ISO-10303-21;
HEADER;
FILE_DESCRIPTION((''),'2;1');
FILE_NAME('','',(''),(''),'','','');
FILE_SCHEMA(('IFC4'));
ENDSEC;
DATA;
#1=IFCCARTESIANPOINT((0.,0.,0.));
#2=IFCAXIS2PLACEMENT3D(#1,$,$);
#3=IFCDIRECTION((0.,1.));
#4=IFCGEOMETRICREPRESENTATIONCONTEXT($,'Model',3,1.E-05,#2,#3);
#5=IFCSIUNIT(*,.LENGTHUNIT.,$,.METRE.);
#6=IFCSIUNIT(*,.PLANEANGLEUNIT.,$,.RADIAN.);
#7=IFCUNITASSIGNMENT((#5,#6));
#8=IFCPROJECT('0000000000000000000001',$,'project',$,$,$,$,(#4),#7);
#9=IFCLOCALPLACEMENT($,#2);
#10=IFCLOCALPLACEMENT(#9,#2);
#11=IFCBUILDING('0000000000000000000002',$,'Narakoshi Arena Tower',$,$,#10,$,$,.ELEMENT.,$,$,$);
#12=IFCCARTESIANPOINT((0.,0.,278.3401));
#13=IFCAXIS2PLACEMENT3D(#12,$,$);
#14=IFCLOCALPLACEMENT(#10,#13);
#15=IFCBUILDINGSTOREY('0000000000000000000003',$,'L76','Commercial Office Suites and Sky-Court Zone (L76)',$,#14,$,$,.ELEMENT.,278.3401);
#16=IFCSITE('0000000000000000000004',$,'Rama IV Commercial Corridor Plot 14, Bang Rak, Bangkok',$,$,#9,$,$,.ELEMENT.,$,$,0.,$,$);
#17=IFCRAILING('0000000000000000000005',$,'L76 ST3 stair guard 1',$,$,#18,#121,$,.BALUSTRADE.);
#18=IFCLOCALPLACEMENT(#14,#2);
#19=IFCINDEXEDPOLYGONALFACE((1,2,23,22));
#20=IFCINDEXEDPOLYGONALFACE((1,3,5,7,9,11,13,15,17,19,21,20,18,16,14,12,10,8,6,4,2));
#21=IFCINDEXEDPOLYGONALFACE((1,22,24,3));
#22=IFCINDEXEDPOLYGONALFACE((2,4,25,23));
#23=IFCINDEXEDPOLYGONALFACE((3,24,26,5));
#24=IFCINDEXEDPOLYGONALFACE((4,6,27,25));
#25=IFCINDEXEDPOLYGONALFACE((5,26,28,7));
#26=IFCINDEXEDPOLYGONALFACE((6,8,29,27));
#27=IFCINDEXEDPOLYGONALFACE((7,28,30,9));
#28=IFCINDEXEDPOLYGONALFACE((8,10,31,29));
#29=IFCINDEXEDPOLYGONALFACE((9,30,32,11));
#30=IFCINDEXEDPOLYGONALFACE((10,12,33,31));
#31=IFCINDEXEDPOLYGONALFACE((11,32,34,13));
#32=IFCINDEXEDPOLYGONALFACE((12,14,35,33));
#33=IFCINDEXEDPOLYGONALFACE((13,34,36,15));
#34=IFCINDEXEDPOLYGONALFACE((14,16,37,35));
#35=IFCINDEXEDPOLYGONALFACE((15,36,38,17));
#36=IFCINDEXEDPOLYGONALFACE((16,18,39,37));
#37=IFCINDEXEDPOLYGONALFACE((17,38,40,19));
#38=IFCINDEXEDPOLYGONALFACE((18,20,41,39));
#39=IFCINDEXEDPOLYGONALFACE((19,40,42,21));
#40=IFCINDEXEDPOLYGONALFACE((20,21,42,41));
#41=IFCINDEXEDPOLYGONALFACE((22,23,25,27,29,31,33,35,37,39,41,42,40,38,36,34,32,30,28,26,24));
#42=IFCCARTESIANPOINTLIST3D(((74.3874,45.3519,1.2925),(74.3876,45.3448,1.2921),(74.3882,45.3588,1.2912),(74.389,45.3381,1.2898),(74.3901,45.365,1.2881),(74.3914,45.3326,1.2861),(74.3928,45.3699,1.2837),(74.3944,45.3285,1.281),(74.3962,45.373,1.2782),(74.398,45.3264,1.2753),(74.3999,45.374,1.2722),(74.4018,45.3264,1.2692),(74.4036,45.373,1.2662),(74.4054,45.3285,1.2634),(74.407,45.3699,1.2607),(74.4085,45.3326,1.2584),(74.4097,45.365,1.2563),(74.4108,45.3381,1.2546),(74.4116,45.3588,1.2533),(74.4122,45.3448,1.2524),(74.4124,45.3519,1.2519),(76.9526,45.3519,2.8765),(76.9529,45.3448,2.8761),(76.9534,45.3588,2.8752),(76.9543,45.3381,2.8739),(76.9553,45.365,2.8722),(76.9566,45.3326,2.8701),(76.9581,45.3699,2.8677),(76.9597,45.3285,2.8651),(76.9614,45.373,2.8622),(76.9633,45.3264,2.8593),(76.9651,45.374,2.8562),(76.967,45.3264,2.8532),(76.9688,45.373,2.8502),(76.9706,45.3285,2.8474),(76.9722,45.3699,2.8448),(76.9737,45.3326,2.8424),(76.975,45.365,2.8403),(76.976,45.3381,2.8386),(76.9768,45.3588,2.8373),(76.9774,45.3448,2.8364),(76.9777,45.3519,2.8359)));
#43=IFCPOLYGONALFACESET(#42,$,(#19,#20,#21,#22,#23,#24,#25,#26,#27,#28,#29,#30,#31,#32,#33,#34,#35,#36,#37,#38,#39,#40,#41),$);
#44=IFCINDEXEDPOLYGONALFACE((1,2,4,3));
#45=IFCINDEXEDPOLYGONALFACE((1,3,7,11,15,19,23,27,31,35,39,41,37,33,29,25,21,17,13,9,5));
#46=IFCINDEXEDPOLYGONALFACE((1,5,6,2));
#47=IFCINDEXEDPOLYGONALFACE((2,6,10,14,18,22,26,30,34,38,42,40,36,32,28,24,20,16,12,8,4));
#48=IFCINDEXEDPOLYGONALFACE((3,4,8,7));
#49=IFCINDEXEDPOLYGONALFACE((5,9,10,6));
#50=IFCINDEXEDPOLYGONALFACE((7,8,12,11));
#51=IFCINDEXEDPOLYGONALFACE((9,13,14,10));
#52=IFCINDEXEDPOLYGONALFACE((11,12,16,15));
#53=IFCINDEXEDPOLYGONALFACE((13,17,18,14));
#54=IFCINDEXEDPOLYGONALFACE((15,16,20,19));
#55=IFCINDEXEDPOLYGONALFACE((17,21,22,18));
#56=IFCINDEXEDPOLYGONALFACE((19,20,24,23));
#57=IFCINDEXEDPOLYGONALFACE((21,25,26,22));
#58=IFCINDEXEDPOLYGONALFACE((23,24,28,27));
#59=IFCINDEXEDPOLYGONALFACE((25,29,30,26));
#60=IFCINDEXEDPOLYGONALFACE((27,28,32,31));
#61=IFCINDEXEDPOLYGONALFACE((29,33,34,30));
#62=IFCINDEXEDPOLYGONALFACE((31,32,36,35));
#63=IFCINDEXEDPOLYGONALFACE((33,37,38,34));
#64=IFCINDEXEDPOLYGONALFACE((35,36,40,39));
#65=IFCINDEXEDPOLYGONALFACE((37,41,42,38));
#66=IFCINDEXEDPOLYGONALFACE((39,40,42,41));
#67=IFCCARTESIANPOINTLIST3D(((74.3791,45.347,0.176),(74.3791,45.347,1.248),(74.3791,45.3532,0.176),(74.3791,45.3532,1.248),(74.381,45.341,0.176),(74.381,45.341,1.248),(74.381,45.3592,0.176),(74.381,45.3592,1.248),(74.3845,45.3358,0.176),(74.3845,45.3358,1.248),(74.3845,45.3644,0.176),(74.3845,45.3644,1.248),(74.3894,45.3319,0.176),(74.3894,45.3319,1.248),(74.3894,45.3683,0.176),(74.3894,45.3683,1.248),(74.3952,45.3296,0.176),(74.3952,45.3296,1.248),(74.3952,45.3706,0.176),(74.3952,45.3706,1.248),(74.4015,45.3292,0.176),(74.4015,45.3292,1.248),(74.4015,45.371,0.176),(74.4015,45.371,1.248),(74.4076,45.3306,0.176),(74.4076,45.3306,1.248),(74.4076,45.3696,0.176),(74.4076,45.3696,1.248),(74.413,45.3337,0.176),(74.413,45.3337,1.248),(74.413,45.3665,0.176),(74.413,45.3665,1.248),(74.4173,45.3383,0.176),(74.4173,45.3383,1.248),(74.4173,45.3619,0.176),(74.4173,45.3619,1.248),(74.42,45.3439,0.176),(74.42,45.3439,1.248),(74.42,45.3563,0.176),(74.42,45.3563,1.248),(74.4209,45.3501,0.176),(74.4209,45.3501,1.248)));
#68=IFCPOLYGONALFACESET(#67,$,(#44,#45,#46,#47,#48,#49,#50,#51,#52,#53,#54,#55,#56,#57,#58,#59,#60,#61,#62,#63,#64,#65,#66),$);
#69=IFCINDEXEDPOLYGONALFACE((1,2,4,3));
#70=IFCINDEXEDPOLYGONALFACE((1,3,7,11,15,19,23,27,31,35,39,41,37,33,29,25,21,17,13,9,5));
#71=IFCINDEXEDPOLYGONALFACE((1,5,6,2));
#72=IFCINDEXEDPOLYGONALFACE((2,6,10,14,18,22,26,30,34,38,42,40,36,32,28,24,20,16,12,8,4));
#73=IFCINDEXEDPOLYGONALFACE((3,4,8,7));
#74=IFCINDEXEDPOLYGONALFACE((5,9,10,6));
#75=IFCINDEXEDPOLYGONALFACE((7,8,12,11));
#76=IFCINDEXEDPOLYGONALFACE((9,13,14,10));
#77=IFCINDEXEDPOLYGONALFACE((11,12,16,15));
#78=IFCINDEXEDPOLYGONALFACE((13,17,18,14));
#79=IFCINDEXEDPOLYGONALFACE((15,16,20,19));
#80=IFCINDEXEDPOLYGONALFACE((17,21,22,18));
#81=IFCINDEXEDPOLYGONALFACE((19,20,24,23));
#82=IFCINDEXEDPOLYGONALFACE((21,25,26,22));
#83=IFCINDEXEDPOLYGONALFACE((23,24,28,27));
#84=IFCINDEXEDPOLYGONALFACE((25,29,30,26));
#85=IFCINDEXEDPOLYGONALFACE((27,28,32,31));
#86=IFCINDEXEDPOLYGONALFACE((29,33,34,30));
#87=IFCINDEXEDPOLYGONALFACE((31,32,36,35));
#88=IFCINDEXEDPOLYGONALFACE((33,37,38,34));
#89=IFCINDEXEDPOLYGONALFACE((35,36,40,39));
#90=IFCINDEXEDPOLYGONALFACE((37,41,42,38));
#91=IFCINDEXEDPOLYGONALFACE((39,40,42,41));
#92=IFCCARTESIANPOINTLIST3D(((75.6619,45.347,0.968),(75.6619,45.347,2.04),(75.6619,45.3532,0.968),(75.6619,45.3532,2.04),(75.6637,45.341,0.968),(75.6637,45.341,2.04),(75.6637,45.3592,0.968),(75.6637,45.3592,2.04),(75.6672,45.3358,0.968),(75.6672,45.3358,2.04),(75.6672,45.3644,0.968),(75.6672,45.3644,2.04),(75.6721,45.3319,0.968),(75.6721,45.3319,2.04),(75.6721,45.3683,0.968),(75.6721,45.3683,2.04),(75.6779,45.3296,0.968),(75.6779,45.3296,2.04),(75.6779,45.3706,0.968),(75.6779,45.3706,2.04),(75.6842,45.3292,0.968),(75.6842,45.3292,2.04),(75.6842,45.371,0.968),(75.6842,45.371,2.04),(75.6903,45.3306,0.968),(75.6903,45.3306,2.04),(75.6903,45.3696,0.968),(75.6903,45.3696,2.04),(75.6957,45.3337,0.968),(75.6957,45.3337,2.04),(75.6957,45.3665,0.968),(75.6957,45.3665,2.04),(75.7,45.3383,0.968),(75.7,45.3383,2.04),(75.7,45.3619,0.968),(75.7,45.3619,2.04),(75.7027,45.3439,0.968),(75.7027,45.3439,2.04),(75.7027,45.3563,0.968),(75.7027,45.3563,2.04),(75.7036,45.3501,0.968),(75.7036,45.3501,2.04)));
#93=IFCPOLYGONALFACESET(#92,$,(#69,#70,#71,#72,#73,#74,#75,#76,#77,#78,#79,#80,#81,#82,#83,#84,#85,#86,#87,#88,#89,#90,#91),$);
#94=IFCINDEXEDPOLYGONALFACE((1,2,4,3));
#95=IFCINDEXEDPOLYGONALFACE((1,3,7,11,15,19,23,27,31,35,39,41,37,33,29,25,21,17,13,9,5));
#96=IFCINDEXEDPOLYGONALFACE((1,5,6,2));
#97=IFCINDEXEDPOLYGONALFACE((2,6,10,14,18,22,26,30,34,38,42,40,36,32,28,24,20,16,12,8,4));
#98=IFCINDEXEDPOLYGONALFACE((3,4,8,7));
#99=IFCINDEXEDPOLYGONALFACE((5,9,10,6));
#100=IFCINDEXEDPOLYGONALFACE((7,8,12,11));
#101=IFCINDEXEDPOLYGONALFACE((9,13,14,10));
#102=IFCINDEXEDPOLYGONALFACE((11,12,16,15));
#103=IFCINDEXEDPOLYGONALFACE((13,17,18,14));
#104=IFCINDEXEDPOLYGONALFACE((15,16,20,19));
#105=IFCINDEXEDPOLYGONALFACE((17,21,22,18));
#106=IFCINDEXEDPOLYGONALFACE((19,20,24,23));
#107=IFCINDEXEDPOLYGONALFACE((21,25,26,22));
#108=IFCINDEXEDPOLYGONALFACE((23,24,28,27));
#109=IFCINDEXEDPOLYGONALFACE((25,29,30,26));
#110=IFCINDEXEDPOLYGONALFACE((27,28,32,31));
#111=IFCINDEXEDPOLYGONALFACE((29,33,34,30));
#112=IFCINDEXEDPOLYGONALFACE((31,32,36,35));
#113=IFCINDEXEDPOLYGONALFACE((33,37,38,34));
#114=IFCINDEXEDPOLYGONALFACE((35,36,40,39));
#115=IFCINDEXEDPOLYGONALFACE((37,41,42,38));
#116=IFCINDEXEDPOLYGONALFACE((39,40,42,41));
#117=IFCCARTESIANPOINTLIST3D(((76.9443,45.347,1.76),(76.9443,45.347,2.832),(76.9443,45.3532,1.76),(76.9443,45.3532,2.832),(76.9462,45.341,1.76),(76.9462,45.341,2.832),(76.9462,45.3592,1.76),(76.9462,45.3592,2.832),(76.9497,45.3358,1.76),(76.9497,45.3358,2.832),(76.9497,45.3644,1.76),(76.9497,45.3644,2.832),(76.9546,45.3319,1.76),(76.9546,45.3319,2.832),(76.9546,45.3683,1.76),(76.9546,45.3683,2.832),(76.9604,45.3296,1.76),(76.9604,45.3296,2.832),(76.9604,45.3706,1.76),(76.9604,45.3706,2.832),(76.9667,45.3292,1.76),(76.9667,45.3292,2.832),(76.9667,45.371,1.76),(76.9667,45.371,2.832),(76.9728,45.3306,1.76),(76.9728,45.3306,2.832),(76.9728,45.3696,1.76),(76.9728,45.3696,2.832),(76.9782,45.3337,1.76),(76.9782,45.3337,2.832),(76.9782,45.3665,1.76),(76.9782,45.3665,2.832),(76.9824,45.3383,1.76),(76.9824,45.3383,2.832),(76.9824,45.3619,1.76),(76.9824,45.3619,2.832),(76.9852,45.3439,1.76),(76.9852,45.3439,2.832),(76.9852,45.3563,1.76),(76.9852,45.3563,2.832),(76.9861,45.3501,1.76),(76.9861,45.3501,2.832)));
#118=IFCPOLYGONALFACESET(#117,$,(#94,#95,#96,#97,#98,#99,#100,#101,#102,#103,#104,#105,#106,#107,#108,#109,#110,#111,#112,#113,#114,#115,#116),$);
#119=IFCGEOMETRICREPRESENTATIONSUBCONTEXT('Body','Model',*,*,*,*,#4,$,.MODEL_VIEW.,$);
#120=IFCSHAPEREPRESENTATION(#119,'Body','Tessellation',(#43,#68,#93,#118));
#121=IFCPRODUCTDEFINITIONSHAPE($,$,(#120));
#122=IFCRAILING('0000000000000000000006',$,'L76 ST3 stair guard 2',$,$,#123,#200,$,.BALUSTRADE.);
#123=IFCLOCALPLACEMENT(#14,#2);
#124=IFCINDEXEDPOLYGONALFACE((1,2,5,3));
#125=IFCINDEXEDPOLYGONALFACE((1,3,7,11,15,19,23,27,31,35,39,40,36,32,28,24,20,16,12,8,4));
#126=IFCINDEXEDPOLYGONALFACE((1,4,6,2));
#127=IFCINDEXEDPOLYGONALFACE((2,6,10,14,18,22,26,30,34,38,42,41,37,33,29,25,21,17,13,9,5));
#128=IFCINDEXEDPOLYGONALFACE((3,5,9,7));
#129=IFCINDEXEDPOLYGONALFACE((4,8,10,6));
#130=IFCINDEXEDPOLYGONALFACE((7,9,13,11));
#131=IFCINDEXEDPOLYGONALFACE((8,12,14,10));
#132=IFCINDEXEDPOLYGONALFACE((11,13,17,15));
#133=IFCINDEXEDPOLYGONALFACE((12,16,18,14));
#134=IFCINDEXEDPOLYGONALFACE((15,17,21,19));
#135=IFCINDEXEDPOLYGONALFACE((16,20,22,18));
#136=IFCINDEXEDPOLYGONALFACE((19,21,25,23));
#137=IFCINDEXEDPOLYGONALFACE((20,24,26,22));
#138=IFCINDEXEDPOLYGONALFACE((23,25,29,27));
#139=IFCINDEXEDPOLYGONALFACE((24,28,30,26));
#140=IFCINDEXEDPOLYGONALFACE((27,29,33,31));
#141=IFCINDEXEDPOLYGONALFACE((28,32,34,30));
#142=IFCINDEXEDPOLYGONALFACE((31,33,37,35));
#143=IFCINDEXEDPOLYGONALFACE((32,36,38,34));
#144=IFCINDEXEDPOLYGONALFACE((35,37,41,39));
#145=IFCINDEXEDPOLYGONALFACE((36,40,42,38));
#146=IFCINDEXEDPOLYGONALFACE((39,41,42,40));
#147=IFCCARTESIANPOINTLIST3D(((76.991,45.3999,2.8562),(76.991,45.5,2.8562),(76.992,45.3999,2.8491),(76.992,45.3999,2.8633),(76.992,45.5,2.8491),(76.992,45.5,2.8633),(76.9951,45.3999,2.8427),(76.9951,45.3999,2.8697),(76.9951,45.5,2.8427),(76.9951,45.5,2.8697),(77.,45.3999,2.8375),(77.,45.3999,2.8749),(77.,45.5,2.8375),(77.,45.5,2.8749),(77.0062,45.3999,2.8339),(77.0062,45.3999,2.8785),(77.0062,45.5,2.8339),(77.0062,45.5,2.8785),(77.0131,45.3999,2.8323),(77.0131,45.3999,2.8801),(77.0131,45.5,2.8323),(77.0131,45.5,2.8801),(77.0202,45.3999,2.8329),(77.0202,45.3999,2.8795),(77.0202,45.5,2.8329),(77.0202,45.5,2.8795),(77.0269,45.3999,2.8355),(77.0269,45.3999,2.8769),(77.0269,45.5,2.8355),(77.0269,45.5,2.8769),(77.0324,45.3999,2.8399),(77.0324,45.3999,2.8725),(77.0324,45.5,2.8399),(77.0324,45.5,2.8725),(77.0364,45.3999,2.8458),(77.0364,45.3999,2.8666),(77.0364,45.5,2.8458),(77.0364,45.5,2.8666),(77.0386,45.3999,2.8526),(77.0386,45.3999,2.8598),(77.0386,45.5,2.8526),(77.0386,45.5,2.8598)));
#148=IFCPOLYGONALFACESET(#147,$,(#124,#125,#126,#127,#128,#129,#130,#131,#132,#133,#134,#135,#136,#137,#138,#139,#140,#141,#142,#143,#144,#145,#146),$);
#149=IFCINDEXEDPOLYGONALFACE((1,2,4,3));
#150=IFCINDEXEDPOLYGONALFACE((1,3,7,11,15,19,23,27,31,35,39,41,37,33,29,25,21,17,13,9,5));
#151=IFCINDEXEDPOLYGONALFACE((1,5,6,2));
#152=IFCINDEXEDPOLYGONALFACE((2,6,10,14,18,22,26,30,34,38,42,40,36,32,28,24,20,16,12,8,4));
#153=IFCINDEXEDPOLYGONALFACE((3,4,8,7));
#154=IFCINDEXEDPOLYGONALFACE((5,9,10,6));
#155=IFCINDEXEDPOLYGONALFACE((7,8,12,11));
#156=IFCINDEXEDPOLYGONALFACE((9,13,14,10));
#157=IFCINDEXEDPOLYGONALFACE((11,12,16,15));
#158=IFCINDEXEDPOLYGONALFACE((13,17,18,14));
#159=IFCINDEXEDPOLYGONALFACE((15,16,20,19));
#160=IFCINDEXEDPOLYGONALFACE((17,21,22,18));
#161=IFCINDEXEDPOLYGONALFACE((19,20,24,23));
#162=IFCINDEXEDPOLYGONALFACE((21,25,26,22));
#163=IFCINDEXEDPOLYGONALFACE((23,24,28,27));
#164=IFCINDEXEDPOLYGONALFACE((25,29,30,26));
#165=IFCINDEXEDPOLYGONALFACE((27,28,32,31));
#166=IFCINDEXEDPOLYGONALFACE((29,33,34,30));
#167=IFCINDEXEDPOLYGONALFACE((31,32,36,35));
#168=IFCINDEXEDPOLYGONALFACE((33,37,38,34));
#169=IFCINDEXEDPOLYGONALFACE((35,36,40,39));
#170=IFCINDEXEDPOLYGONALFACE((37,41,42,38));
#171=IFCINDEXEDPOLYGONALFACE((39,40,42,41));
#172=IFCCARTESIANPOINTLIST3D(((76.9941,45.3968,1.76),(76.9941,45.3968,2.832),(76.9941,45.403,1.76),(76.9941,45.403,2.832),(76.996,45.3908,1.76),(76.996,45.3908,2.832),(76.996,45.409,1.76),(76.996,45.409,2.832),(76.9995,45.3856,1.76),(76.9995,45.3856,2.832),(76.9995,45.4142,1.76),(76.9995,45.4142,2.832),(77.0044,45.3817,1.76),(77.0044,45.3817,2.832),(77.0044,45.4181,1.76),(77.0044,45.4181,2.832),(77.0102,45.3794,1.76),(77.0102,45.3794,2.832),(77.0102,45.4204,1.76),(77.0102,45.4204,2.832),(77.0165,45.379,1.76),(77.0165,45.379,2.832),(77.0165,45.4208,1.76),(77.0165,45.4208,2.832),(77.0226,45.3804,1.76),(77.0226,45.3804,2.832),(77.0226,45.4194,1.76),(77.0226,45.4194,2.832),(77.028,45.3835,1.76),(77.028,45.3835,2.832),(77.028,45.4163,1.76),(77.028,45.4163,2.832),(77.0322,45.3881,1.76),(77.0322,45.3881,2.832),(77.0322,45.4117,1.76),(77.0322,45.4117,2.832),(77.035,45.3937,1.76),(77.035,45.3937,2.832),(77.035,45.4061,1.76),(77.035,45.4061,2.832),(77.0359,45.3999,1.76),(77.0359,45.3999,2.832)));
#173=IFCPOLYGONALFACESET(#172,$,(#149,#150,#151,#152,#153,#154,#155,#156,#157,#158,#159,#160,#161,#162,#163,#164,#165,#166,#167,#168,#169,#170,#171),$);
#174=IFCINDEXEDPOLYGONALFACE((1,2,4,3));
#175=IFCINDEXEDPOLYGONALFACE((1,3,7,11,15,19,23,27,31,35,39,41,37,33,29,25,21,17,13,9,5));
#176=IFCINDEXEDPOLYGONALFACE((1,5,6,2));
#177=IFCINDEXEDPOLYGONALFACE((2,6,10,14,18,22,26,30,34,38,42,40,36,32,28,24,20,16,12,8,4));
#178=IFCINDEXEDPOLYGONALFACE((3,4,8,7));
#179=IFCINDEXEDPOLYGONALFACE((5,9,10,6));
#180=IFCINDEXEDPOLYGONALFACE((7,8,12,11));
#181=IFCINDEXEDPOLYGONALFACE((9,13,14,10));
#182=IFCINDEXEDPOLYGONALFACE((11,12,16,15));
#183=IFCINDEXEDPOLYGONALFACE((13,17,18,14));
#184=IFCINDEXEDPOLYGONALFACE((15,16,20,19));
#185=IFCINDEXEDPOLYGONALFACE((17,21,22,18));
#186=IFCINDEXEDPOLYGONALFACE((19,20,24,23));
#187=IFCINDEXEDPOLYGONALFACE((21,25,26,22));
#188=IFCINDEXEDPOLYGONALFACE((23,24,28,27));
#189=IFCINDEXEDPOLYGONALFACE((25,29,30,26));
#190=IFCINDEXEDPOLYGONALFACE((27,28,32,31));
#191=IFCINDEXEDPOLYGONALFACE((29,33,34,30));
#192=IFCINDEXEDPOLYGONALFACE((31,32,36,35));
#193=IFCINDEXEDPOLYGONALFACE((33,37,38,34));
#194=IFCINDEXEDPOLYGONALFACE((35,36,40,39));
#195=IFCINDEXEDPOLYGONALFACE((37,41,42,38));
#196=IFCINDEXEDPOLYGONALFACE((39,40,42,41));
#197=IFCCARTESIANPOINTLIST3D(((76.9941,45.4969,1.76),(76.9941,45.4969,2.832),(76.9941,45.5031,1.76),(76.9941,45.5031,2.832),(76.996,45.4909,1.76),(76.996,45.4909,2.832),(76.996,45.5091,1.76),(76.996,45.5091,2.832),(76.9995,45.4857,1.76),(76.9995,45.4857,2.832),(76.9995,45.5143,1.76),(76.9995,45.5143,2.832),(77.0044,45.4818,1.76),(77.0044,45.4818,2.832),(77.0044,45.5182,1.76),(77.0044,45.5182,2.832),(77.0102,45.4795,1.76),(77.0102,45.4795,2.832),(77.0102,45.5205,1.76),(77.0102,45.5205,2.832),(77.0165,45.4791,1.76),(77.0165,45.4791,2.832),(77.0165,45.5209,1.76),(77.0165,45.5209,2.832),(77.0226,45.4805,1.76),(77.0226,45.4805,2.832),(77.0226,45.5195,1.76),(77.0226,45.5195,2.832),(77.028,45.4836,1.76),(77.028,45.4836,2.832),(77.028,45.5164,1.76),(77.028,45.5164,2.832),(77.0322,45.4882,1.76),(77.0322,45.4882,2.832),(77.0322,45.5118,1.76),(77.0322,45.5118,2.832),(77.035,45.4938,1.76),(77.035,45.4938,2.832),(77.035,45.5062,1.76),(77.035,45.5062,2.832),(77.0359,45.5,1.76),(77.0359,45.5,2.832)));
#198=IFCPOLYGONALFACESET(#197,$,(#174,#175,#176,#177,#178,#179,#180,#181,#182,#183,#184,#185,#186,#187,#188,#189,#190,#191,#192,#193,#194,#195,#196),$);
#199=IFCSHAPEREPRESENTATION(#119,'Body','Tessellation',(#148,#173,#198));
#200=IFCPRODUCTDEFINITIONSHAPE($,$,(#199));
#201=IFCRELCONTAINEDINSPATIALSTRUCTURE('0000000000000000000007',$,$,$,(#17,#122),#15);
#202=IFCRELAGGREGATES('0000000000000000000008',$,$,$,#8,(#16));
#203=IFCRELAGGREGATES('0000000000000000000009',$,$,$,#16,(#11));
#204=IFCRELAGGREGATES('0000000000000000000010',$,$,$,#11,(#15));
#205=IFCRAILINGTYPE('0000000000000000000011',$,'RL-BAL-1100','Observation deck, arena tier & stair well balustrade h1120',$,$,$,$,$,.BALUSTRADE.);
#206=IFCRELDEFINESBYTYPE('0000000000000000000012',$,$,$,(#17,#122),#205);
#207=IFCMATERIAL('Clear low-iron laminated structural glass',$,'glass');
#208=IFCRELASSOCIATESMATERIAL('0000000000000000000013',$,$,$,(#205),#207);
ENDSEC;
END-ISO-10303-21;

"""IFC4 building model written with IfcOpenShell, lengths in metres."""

from ifc_helpers import new_model, si_unit, direction, frame, origin, origin_2d, place, context, subcontext, project, spatial, circle, extrude, material, type_object, element, save


model = new_model("IFC4")

# Units and contexts
model_context = context("Model", 3, precision=1e-05, world=origin(), true_north=direction((0.0, 1.0)))
body_context = subcontext(model_context, "Body", "Model", "MODEL_VIEW")
ifc_project = project(units=[si_unit("LENGTHUNIT", "METRE"), si_unit("PLANEANGLEUNIT", "RADIAN")], contexts=[model_context])

# Site, building, storey
site_placement = place(None, origin())
site = spatial("IfcSite", under=ifc_project, at=site_placement, Name="Rama IV Commercial Corridor Plot 14, Bang Rak, Bangkok", CompositionType="ELEMENT", RefElevation=0.0)
building_placement = place(site_placement, origin())
building = spatial("IfcBuilding", under=site, at=building_placement, Name="Narakoshi Arena Tower", CompositionType="ELEMENT")
storey_placement = place(building_placement, frame((0.0, 0.0, 278.3401)))
storey = spatial("IfcBuildingStorey", under=building, at=storey_placement, Name="L76", Description="Commercial Office Suites and Sky-Court Zone (L76)", CompositionType="ELEMENT", Elevation=278.3401)

# Railings
ifc_material_1 = material(Name="Clear low-iron laminated structural glass", Category="glass")
railing_type_1 = type_object("IfcRailingType", Name="RL-BAL-1100", Description="Observation deck, arena tier & stair well balustrade h1120", PredefinedType="BALUSTRADE", material=ifc_material_1)
railing_1_placement = place(storey_placement, frame((74.3999, 45.3501, 0.176)))
element("IfcRailing", 1, at=railing_1_placement, inside=storey, type_object=railing_type_1, Name="L76 ST3 stair guard 1", PredefinedType="BALUSTRADE", context=body_context, shape_type="SweptSolid", body=[
    extrude(circle(Radius=0.0239, at=origin_2d()), frame((0.0, 0.0, 1.0962), z_axis=(0.850857, 0.0, 0.525398), x_axis=(0.0, 1.0, 0.0)), (0.0, 0.0, 1.0), 3.0149),
    extrude(circle(Radius=0.021, at=origin_2d()), origin(), (0.0, 0.0, 1.0), 1.072),
    extrude(circle(Radius=0.021, at=origin_2d()), frame((1.2827, 0.0, 0.792)), (0.0, 0.0, 1.0), 1.072),
    extrude(circle(Radius=0.021, at=origin_2d()), frame((2.5652, 0.0, 1.584)), (0.0, 0.0, 1.0), 1.072),
])
railing_2_placement = place(storey_placement, frame((77.0149, 45.3999, 1.76)))
element("IfcRailing", 2, at=railing_2_placement, inside=storey, type_object=railing_type_1, Name="L76 ST3 stair guard 2", PredefinedType="BALUSTRADE", context=body_context, shape_type="SweptSolid", body=[
    extrude(circle(Radius=0.0239, at=origin_2d()), frame((0.0, 0.0, 1.0962), z_axis=(0.0, 1.0, 0.0), x_axis=(-1.0, 0.0, 0.0)), (0.0, 0.0, 1.0), 0.1001),
    extrude(circle(Radius=0.021, at=origin_2d()), origin(), (0.0, 0.0, 1.0), 1.072),
    extrude(circle(Radius=0.021, at=origin_2d()), frame((0.0, 0.1001, 0.0)), (0.0, 0.0, 1.0), 1.072),
])

save(model, "model.ifc")
